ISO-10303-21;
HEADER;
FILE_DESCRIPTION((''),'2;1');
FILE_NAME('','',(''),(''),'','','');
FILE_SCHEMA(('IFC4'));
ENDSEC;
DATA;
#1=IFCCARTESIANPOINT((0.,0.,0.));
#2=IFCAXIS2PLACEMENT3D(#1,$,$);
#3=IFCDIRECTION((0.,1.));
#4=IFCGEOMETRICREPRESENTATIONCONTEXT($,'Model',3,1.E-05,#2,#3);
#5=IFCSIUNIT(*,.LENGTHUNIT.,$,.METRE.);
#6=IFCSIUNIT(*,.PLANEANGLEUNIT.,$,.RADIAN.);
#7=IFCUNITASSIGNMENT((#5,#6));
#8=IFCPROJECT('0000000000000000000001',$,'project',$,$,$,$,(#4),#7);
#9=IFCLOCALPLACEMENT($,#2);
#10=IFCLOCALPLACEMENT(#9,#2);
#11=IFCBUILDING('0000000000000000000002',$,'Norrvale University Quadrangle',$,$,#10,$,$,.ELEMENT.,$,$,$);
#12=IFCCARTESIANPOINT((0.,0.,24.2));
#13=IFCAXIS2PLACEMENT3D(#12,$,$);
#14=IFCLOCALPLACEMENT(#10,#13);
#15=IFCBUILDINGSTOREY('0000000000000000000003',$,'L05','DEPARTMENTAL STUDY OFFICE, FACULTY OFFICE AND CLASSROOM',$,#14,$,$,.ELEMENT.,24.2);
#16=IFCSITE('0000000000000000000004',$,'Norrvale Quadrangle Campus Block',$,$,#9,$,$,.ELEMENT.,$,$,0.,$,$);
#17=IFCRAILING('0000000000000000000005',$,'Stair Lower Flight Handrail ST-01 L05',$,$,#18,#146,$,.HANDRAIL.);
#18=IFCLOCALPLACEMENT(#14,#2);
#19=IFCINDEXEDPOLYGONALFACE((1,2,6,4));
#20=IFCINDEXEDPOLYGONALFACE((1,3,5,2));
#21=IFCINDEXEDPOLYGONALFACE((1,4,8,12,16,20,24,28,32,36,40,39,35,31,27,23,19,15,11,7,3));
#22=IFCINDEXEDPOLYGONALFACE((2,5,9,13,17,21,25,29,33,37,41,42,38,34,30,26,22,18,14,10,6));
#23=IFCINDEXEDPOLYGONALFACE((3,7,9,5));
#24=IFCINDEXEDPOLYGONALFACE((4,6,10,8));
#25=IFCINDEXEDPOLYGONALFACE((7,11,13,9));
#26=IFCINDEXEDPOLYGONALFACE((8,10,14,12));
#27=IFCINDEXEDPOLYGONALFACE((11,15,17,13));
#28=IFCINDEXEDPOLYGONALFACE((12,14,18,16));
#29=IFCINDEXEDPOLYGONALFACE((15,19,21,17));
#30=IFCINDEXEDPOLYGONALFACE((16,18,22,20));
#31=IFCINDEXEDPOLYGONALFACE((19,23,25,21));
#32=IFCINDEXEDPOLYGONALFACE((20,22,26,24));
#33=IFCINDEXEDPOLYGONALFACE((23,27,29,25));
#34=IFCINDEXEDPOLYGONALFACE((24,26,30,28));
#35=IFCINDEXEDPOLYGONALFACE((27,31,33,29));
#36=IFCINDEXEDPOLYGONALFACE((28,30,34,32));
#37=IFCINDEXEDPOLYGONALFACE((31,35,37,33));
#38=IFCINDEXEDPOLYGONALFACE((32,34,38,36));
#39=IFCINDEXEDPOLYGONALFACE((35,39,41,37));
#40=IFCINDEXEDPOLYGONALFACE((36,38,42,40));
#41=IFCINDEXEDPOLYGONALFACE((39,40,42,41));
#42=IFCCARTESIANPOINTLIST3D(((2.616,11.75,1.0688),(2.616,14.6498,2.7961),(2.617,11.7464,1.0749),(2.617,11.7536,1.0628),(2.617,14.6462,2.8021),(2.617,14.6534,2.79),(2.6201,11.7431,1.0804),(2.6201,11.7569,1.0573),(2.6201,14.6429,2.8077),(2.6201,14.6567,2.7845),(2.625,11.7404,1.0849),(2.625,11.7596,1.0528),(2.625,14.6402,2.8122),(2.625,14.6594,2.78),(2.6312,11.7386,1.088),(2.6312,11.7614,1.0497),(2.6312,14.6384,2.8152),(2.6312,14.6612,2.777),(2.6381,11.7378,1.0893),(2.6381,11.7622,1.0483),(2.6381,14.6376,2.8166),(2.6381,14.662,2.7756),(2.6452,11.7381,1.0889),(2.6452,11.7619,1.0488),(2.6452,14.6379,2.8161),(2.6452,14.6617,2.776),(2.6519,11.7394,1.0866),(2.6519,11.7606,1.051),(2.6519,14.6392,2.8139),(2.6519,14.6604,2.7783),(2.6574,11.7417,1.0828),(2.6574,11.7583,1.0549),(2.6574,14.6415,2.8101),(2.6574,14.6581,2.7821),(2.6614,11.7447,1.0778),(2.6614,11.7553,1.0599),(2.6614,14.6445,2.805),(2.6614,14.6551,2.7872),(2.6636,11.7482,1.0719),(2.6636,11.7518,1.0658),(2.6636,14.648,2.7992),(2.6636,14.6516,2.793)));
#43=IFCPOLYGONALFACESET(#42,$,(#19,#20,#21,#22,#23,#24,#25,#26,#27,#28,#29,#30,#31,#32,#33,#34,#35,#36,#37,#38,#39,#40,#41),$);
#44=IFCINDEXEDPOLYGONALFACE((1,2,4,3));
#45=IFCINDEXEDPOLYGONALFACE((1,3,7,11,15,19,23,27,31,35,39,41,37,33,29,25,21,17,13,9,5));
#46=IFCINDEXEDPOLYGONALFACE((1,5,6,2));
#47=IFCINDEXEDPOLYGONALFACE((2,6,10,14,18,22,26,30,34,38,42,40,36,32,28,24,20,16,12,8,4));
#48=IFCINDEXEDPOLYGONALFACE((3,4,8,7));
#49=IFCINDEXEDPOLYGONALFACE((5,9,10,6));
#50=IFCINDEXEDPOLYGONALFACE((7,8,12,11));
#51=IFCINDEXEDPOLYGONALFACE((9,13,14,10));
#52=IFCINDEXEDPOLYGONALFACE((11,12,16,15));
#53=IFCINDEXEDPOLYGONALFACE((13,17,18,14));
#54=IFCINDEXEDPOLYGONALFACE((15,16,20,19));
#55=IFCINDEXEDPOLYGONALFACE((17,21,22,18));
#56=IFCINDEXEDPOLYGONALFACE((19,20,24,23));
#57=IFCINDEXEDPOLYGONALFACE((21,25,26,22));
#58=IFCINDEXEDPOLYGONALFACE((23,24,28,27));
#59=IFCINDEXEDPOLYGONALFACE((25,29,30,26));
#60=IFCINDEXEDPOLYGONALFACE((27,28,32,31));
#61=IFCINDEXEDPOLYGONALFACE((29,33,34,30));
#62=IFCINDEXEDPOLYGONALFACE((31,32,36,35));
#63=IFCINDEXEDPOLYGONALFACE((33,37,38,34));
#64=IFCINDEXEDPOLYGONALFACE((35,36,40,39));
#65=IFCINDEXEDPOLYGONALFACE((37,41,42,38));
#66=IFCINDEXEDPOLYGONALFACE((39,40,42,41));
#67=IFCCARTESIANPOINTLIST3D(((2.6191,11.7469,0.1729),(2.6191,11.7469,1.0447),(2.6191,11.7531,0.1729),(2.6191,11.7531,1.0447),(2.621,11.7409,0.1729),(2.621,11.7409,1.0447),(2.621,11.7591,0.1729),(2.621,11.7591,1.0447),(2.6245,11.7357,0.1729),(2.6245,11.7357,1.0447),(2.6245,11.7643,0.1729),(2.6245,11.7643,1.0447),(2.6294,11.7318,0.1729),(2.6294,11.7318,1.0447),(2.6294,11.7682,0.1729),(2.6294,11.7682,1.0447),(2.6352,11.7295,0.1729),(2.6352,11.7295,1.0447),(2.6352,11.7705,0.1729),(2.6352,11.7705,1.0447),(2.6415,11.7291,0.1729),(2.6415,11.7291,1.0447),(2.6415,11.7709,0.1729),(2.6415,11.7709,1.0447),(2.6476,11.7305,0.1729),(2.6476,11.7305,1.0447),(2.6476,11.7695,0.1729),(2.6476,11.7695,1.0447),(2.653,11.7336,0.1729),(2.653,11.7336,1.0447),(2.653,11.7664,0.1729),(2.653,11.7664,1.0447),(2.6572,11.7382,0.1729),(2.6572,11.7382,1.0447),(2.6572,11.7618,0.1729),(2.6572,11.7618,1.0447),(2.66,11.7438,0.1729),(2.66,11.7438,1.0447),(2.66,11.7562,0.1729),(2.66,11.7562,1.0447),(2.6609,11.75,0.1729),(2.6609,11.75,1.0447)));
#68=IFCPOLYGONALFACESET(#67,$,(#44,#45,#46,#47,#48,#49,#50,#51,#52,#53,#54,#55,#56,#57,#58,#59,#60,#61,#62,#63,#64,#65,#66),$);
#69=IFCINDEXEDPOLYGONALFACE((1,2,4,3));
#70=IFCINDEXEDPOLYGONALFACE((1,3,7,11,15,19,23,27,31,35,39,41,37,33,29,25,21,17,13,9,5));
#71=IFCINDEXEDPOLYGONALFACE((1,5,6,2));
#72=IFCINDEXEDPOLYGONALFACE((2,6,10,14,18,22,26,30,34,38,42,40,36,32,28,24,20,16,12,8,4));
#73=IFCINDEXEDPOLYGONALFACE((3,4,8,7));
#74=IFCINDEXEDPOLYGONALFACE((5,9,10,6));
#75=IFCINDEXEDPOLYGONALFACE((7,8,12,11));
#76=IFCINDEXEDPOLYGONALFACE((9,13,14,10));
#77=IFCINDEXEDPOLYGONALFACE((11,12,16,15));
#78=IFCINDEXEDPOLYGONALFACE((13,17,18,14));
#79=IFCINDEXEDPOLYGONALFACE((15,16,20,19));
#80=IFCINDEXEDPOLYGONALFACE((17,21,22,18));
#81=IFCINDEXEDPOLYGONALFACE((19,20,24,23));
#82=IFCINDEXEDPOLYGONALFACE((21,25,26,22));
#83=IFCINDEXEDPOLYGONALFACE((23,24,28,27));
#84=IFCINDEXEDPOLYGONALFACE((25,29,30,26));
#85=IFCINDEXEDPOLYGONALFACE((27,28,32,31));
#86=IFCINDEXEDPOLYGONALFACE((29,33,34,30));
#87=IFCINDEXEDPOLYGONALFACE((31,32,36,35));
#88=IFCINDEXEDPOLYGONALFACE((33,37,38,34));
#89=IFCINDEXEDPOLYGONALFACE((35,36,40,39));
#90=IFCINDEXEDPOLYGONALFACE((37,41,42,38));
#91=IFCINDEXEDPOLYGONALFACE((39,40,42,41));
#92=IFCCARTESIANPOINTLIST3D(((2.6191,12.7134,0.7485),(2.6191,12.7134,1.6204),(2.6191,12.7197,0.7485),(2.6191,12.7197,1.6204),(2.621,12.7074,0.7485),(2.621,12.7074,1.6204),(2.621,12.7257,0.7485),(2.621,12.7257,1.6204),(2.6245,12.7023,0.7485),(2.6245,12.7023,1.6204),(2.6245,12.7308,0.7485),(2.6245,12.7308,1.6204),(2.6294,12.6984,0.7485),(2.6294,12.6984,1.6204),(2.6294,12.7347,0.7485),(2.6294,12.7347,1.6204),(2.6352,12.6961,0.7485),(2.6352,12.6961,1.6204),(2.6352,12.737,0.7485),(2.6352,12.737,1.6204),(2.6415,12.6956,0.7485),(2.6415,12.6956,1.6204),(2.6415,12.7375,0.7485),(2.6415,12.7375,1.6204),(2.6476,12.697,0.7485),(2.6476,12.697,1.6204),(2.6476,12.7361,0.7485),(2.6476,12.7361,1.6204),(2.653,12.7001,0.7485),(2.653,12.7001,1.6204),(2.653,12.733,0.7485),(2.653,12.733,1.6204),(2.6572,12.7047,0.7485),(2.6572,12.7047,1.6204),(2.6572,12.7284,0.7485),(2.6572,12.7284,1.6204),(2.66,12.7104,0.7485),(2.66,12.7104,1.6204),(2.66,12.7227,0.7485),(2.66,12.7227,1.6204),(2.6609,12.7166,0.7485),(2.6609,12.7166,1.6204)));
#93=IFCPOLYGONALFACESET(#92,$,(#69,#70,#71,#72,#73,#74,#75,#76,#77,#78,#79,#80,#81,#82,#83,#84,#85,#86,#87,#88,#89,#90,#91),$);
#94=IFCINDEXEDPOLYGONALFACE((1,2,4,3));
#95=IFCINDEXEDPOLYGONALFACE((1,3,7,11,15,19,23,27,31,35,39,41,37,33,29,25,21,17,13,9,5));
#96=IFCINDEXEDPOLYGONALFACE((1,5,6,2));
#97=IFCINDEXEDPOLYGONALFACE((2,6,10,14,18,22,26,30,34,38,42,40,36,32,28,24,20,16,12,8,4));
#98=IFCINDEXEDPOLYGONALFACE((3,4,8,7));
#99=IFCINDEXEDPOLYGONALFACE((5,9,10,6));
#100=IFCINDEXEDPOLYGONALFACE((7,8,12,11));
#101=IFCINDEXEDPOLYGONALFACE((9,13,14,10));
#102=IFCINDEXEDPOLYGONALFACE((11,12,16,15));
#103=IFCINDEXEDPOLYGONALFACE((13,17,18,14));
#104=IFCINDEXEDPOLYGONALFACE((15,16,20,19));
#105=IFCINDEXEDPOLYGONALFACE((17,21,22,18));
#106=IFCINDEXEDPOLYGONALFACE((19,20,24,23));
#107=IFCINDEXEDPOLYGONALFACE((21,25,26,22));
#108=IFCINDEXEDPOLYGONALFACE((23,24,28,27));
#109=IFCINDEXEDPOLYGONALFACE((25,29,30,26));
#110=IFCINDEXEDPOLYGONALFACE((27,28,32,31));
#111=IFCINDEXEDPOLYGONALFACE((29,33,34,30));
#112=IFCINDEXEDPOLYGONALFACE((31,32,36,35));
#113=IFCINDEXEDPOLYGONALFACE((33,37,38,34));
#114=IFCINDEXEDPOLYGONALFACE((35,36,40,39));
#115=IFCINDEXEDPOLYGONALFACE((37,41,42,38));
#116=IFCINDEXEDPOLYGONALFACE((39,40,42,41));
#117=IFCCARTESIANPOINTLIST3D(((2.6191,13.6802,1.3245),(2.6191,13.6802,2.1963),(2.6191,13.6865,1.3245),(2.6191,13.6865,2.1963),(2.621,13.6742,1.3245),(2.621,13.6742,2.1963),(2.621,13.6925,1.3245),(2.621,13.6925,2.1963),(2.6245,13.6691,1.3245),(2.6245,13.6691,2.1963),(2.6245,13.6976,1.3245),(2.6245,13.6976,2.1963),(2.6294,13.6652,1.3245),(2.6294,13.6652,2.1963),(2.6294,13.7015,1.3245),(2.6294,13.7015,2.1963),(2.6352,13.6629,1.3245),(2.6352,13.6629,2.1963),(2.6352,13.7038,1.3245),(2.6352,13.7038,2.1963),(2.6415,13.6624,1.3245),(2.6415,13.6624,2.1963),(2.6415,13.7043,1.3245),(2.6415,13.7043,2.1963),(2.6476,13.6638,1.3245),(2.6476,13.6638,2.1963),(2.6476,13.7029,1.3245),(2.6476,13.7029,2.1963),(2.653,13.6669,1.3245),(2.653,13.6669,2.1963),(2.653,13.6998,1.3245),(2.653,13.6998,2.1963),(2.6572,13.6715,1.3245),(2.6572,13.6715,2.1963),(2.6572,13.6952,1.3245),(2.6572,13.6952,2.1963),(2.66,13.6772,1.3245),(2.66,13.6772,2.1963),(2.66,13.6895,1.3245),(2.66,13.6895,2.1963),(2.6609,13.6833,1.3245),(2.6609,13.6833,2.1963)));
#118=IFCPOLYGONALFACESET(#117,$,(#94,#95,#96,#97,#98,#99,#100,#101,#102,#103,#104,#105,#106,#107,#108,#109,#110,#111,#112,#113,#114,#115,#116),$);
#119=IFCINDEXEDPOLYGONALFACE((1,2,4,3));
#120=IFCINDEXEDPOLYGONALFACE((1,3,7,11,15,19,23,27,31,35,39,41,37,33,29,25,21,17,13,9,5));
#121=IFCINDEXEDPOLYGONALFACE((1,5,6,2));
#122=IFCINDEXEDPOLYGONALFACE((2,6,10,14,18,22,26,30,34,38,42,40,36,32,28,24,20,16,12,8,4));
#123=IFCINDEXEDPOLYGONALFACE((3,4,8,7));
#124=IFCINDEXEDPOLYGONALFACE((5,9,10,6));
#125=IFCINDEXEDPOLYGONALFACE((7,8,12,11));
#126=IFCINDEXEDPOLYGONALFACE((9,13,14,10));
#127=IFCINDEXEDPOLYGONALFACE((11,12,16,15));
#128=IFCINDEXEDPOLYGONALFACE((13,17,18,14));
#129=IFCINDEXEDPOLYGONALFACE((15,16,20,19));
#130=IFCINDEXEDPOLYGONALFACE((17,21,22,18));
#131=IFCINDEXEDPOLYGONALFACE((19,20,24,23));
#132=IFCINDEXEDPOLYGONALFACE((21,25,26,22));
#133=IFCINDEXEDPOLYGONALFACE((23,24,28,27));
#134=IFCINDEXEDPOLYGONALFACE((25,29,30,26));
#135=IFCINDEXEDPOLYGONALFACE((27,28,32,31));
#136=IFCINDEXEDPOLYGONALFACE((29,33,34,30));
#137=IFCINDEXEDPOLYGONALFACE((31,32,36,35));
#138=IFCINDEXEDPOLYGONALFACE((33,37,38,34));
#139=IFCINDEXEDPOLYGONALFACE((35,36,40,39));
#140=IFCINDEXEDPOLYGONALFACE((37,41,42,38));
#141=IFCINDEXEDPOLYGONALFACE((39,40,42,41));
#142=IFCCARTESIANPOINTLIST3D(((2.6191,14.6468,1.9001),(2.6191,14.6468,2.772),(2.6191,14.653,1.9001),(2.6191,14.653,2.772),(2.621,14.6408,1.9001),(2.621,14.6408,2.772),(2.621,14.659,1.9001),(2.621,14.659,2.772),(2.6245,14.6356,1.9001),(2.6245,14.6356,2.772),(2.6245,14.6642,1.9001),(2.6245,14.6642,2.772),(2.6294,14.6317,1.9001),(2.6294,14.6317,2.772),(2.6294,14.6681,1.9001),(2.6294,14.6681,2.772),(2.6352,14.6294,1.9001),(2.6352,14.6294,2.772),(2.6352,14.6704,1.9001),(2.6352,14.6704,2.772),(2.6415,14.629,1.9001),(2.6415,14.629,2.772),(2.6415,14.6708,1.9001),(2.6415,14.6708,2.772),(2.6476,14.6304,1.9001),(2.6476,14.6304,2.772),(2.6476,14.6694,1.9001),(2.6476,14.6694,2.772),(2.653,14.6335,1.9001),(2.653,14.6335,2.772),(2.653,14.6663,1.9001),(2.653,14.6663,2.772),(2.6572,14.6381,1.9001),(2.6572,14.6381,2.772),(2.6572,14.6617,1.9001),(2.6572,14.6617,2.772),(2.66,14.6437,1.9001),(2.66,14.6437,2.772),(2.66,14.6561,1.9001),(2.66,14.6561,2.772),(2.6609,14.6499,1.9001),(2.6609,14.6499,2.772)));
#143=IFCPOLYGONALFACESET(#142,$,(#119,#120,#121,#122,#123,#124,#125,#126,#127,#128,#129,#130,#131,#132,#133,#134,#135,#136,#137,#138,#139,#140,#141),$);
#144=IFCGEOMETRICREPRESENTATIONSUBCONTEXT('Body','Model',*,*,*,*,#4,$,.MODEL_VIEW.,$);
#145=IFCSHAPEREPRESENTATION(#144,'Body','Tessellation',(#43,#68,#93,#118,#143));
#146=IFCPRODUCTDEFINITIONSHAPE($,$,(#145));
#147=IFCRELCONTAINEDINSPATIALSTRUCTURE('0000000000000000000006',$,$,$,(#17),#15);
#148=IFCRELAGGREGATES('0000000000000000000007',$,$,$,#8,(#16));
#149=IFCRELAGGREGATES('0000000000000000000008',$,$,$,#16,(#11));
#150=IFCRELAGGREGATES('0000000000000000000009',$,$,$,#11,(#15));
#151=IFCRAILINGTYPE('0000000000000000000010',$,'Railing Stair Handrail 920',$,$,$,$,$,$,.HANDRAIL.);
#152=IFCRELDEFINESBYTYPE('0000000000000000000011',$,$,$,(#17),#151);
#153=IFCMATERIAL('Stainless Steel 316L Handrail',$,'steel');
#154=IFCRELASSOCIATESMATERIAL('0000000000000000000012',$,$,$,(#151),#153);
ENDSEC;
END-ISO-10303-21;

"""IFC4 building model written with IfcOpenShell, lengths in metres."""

from ifc_helpers import new_model, si_unit, direction, frame, origin, origin_2d, place, context, subcontext, project, spatial, circle, extrude, material, type_object, element, save


model = new_model("IFC4")

# Units and contexts
model_context = context("Model", 3, precision=1e-05, world=origin(), true_north=direction((0.0, 1.0)))
body_context = subcontext(model_context, "Body", "Model", "MODEL_VIEW")
ifc_project = project(units=[si_unit("LENGTHUNIT", "METRE"), si_unit("PLANEANGLEUNIT", "RADIAN")], contexts=[model_context])

# Site, building, storey
site_placement = place(None, origin())
site = spatial("IfcSite", under=ifc_project, at=site_placement, Name="Norrvale Quadrangle Campus Block", CompositionType="ELEMENT", RefElevation=0.0)
building_placement = place(site_placement, origin())
building = spatial("IfcBuilding", under=site, at=building_placement, Name="Norrvale University Quadrangle", CompositionType="ELEMENT")
storey_placement = place(building_placement, frame((0.0, 0.0, 24.2)))
storey = spatial("IfcBuildingStorey", under=building, at=storey_placement, Name="L05", Description="DEPARTMENTAL STUDY OFFICE, FACULTY OFFICE AND CLASSROOM", CompositionType="ELEMENT", Elevation=24.2)

# Railing
ifc_material_1 = material(Name="Stainless Steel 316L Handrail", Category="steel")
railing_type_1 = type_object("IfcRailingType", Name="Railing Stair Handrail 920", PredefinedType="HANDRAIL", material=ifc_material_1)
railing_1_placement = place(storey_placement, frame((2.6399, 11.75, 0.1729)))
element("IfcRailing", 1, at=railing_1_placement, inside=storey, type_object=railing_type_1, Name="Stair Lower Flight Handrail ST-01 L05", PredefinedType="HANDRAIL", context=body_context, shape_type="SweptSolid", body=[
    extrude(circle(Radius=0.0239, at=origin_2d()), frame((0.0, 0.0, 0.896), z_axis=(0.0, 0.859141, 0.511738), x_axis=(-1.0, 0.0, 0.0)), (0.0, 0.0, 1.0), 3.3752),
    extrude(circle(Radius=0.021, at=origin_2d()), origin(), (0.0, 0.0, 1.0), 0.8718),
    extrude(circle(Radius=0.021, at=origin_2d()), frame((0.0, 0.9666, 0.5757)), (0.0, 0.0, 1.0), 0.8718),
    extrude(circle(Radius=0.021, at=origin_2d()), frame((0.0, 1.9333, 1.1516)), (0.0, 0.0, 1.0), 0.8718),
    extrude(circle(Radius=0.021, at=origin_2d()), frame((0.0, 2.8999, 1.7273)), (0.0, 0.0, 1.0), 0.8718),
])

save(model, "model.ifc")
